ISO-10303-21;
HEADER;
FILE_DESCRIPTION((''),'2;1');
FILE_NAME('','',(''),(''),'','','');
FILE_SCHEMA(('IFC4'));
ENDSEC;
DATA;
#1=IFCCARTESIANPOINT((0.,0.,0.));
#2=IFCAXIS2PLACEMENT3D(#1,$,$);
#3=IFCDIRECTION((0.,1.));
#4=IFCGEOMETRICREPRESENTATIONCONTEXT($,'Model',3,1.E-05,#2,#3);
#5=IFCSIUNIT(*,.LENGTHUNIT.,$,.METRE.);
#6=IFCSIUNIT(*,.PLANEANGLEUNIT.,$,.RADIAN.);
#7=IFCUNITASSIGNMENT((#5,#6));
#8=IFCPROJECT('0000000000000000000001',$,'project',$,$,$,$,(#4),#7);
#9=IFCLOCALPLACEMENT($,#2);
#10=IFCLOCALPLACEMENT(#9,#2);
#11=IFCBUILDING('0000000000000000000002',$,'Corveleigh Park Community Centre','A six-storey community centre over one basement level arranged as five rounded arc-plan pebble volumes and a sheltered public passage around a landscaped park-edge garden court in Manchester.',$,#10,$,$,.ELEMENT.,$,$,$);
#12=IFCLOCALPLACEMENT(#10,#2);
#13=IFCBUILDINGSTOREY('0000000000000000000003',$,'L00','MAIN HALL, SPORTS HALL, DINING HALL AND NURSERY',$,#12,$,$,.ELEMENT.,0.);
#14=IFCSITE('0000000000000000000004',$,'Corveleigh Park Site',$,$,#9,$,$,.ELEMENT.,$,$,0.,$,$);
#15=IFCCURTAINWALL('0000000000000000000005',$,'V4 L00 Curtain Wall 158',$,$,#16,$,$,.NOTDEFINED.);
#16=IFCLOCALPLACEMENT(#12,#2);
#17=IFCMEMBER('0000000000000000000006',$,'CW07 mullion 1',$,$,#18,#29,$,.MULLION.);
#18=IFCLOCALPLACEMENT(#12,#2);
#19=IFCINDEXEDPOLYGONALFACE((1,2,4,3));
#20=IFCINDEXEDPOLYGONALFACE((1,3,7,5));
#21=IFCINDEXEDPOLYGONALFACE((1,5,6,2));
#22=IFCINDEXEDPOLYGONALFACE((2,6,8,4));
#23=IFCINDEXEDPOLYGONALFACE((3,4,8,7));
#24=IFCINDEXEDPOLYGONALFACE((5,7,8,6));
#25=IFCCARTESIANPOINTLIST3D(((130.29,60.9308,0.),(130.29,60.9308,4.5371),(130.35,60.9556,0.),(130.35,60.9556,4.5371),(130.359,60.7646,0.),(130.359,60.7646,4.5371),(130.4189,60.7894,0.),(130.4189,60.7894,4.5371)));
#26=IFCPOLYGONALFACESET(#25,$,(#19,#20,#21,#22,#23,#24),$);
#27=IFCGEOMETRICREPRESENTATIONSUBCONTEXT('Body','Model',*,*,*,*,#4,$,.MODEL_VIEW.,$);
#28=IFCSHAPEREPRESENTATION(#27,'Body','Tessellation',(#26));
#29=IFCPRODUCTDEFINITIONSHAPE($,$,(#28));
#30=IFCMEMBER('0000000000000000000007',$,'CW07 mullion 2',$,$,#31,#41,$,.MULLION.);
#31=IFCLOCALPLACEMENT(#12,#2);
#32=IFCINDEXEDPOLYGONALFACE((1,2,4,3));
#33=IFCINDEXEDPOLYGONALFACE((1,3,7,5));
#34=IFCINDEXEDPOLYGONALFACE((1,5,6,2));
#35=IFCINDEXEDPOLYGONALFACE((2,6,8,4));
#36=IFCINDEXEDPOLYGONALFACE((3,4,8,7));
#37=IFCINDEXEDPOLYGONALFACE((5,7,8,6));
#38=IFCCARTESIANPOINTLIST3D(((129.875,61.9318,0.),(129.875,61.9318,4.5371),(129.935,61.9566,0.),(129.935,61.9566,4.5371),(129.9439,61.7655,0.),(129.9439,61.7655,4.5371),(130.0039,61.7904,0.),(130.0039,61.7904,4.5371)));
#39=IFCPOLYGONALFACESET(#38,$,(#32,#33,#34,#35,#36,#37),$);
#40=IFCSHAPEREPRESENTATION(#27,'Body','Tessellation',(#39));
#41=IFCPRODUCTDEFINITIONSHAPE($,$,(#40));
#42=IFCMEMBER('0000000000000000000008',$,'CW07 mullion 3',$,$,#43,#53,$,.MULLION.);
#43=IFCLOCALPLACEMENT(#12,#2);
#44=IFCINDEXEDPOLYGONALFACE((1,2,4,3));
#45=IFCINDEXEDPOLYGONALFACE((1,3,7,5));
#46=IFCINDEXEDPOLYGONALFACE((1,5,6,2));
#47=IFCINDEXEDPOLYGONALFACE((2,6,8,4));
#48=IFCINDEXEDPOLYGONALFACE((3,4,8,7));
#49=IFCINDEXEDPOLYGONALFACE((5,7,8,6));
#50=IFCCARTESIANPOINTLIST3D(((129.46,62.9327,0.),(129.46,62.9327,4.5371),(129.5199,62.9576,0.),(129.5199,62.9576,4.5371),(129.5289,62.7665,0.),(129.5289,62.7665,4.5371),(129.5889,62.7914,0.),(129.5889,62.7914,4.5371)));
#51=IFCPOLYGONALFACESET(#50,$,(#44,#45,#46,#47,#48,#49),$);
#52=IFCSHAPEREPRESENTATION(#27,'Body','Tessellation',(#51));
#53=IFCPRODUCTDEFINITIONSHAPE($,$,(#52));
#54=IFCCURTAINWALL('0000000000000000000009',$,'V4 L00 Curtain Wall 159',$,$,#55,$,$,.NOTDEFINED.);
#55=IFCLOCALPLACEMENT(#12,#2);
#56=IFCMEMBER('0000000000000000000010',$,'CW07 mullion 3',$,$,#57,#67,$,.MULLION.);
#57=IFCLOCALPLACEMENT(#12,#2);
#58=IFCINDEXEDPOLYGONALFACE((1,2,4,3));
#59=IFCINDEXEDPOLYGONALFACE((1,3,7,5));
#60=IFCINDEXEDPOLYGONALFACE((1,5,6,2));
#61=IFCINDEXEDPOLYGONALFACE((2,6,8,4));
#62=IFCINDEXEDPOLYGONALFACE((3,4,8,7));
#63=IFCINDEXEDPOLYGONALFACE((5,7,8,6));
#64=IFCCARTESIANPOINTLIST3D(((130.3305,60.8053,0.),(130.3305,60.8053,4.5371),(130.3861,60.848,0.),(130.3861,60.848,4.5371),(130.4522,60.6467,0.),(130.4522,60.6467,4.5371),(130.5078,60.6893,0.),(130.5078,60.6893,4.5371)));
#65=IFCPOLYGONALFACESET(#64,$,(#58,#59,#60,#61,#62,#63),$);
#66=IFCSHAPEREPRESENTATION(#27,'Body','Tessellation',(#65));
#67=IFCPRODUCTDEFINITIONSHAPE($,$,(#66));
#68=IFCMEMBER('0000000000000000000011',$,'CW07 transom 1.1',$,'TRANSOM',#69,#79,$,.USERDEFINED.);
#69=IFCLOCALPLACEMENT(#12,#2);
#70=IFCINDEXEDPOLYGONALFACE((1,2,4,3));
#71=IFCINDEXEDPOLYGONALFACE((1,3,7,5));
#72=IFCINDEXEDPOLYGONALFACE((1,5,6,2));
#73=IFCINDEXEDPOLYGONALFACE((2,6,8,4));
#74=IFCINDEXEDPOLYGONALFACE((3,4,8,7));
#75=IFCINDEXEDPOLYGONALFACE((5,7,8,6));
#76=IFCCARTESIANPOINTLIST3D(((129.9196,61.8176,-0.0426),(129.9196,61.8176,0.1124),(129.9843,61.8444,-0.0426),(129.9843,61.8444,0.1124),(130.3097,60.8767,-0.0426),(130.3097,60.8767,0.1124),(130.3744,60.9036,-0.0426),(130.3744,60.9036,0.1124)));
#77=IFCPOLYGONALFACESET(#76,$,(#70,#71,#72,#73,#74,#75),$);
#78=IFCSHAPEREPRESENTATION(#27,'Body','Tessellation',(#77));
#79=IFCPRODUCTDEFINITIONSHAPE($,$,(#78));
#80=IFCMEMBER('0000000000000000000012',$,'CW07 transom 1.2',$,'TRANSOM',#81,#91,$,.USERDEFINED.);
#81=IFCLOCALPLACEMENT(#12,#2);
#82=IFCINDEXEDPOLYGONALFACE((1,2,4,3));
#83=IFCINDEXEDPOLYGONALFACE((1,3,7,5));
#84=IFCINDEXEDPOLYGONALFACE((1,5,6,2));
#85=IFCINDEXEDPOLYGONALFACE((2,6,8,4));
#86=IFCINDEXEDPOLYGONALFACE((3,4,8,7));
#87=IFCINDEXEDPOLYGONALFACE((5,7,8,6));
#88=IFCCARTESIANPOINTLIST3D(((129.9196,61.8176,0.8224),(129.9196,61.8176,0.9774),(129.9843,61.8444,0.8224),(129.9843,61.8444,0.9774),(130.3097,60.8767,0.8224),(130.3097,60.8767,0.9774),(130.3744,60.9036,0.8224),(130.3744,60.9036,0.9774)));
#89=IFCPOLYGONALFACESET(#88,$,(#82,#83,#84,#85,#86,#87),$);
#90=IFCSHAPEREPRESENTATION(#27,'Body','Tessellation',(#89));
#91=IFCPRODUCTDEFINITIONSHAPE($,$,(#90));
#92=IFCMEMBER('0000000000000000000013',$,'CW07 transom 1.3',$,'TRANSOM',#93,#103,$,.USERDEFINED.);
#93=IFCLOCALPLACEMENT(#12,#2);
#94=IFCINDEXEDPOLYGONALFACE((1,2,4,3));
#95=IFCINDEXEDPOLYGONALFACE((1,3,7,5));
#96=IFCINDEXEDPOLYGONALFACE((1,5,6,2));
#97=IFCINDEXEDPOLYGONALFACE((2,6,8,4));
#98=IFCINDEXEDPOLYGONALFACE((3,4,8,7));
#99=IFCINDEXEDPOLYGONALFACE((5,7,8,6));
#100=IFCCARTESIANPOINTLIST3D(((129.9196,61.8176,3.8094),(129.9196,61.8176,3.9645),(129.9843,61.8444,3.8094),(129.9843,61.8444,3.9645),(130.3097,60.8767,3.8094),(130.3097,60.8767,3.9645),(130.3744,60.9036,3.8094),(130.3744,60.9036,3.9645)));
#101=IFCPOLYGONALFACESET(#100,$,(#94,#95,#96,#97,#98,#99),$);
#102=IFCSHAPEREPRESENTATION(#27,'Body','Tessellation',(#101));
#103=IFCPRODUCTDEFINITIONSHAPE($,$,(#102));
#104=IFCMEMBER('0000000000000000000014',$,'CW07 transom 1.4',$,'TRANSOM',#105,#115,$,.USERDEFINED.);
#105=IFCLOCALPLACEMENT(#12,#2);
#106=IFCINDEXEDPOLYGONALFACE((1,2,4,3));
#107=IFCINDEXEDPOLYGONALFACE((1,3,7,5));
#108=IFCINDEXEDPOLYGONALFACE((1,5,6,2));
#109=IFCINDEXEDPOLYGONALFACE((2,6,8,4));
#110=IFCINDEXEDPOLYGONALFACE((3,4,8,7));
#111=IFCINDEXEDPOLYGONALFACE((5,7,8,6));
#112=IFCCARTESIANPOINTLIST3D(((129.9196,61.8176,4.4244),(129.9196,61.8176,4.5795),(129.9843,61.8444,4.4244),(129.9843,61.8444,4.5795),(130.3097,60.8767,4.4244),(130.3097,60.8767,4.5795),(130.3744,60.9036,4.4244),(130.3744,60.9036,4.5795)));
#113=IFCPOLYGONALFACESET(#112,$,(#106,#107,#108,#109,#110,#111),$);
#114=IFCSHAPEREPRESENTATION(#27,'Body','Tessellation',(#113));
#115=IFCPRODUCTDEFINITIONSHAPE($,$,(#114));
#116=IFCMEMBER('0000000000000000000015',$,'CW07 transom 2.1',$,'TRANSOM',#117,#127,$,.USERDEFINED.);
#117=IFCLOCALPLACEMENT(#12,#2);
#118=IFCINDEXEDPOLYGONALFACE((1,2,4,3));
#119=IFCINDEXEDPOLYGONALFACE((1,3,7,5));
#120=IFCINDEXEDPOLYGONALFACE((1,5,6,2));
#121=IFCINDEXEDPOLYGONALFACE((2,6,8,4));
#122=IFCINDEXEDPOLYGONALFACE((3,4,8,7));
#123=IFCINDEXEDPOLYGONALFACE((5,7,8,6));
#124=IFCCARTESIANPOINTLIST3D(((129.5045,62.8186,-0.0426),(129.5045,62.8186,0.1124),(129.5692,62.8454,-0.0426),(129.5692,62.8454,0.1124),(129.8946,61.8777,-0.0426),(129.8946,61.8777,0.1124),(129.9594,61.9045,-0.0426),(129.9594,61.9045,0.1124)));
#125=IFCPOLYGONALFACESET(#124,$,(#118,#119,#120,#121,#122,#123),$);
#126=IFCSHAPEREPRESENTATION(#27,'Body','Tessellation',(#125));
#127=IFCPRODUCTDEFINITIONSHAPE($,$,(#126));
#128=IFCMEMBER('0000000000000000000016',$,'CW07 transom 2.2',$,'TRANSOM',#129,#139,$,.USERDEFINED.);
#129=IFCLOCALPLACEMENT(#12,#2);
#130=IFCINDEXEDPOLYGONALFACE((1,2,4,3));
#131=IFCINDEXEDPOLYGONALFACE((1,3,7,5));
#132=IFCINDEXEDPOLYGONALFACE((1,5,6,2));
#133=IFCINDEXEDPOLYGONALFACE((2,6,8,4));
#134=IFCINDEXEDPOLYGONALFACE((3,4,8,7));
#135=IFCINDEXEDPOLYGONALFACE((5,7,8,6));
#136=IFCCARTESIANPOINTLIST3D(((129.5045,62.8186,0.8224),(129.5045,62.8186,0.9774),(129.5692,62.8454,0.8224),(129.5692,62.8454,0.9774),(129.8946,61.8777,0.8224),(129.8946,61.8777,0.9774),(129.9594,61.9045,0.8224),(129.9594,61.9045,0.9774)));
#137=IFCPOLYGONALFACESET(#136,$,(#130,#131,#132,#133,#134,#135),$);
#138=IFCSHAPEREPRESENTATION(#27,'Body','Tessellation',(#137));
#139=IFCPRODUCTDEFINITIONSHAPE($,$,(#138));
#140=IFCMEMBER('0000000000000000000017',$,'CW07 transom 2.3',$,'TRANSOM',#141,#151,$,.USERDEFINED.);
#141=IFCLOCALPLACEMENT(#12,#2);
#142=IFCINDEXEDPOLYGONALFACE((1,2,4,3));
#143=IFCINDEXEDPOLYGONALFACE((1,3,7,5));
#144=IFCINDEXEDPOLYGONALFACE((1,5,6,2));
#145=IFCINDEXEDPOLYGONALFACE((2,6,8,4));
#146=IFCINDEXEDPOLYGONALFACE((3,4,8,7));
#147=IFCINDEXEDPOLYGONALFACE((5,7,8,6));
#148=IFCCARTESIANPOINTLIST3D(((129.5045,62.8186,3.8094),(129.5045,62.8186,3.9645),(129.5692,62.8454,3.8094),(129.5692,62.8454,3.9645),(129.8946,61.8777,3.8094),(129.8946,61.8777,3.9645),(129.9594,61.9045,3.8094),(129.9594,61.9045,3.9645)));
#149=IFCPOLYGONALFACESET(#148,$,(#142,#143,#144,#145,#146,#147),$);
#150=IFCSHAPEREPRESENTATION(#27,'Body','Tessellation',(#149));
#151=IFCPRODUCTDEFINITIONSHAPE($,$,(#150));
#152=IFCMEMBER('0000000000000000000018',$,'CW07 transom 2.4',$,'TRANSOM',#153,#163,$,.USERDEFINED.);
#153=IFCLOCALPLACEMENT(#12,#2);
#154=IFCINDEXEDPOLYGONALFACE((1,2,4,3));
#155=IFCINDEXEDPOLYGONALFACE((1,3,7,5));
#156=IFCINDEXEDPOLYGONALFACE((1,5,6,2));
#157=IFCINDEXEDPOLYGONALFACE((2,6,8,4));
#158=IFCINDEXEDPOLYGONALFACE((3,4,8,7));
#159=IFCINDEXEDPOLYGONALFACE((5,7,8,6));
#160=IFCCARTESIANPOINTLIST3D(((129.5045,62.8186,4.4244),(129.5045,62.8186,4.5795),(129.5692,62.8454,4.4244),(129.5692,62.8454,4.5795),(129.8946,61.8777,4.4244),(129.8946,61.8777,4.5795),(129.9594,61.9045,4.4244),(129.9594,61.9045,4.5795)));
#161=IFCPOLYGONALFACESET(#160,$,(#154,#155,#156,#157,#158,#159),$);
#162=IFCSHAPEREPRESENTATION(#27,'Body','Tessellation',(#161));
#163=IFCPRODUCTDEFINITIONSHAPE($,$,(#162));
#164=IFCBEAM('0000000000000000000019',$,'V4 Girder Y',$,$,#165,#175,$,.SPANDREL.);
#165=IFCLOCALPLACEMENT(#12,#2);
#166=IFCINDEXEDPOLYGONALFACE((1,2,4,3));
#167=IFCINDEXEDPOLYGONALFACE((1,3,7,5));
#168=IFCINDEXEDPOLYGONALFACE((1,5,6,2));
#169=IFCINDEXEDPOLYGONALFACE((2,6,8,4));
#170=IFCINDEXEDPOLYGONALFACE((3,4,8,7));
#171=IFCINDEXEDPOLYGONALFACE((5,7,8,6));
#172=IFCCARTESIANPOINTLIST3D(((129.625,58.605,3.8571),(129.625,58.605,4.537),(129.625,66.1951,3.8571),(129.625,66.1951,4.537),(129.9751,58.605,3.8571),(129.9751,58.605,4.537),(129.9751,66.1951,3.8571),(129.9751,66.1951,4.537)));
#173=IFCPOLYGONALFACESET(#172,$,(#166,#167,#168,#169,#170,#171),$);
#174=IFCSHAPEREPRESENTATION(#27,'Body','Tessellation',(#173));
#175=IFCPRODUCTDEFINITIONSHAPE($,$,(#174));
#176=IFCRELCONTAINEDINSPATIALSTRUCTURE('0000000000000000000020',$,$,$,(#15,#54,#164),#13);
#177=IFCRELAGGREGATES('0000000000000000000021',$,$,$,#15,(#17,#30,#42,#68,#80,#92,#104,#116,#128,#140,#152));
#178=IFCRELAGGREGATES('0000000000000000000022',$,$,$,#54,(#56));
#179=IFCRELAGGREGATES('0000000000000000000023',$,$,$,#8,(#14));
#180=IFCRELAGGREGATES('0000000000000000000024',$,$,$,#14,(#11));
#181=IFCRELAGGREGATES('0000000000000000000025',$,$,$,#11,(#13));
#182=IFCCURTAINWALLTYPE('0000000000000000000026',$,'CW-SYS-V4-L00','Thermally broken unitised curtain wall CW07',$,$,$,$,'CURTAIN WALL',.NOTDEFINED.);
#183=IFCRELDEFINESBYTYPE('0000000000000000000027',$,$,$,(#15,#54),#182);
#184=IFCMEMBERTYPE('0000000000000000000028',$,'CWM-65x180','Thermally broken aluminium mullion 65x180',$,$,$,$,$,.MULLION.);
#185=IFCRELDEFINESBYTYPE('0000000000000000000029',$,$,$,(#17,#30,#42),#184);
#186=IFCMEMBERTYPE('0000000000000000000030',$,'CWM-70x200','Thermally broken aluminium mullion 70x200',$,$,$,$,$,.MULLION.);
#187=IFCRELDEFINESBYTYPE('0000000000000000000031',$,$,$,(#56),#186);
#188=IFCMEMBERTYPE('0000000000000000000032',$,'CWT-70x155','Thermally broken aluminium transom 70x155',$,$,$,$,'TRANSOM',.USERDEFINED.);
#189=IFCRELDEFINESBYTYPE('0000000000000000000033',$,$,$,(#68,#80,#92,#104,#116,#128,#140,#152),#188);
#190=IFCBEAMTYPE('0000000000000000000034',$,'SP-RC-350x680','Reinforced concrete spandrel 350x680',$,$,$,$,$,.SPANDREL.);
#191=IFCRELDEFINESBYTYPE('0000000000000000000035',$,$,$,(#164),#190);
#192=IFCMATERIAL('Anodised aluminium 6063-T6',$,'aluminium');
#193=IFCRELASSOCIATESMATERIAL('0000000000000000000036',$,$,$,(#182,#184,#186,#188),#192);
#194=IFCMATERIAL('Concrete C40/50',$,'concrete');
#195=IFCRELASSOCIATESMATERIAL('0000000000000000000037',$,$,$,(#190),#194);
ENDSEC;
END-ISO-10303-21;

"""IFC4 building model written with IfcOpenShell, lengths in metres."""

from ifc_helpers import new_model, si_unit, direction, frame, origin, origin_2d, place, context, subcontext, project, spatial, rectangle, extrude, material, material_profile, profile_set, type_object, element, aggregate, save


model = new_model("IFC4")

# Units and contexts
model_context = context("Model", 3, precision=1e-05, world=origin(), true_north=direction((0.0, 1.0)))
body_context = subcontext(model_context, "Body", "Model", "MODEL_VIEW")
ifc_project = project(units=[si_unit("LENGTHUNIT", "METRE"), si_unit("PLANEANGLEUNIT", "RADIAN")], contexts=[model_context])

# Site, building, storey
site_placement = place(None, origin())
site = spatial("IfcSite", under=ifc_project, at=site_placement, Name="Corveleigh Park Site", CompositionType="ELEMENT", RefElevation=0.0)
building_placement = place(site_placement, origin())
building = spatial("IfcBuilding", under=site, at=building_placement, Name="Corveleigh Park Community Centre", Description="A six-storey community centre over one basement level arranged as five rounded arc-plan pebble volumes and a sheltered public passage around a landscaped park-edge garden court in Manchester.", CompositionType="ELEMENT")
storey_placement = place(building_placement, origin())
storey = spatial("IfcBuildingStorey", under=building, at=storey_placement, Name="L00", Description="MAIN HALL, SPORTS HALL, DINING HALL AND NURSERY", CompositionType="ELEMENT", Elevation=0.0)

# Shared definitions
ifc_material_1 = material(Name="Concrete C40/50", Category="concrete")

# Shared definitions
ifc_material_2 = material(Name="Anodised aluminium 6063-T6", Category="aluminium")
curtain_wall_type = type_object("IfcCurtainWallType", Name="CW-SYS-V4-L00", Description="Thermally broken unitised curtain wall CW07", ElementType="CURTAIN WALL", PredefinedType="NOTDEFINED", material=ifc_material_2)

# Curtain wall, members
curtain_wall_1_placement = place(storey_placement, origin())
curtain_wall_1 = element("IfcCurtainWall", 1, at=curtain_wall_1_placement, inside=storey, type_object=curtain_wall_type, Name="V4 L00 Curtain Wall 158", PredefinedType="NOTDEFINED")
ifc_material_profile_1 = material_profile(ifc_material_2, rectangle(XDim=0.0649, YDim=0.1799, at=origin_2d()), Name="ALU-M65x180", Category="aluminium")
ifc_profile_set_1 = profile_set([ifc_material_profile_1], Name="Anodised aluminium 6063-T6")
member_type_1 = type_object("IfcMemberType", Name="CWM-65x180", Description="Thermally broken aluminium mullion 65x180", PredefinedType="MULLION", material=ifc_profile_set_1)
member_1_placement = place(storey_placement, frame((130.3545, 60.8601, 0.0), z_axis=(0.0, 0.0, 1.0), x_axis=(-0.923738, -0.383024, 0.0)))
member_1 = element("IfcMember", 2, at=member_1_placement, type_object=member_type_1, Name="CW07 mullion 1", PredefinedType="MULLION", context=body_context, shape_type="SweptSolid", body=[
    extrude(rectangle(XDim=0.0649, YDim=0.1799, at=origin_2d()), origin(), (0.0, 0.0, 1.0), 4.5371),
])
member_2_placement = place(storey_placement, frame((129.9395, 61.8611, 0.0), z_axis=(0.0, 0.0, 1.0), x_axis=(-0.923738, -0.383024, 0.0)))
member_2 = element("IfcMember", 3, at=member_2_placement, type_object=member_type_1, Name="CW07 mullion 2", PredefinedType="MULLION", context=body_context, shape_type="SweptSolid", body=[
    extrude(rectangle(XDim=0.0649, YDim=0.1799, at=origin_2d()), origin(), (0.0, 0.0, 1.0), 4.5371),
])
member_3_placement = place(storey_placement, frame((129.5244, 62.8621, 0.0), z_axis=(0.0, 0.0, 1.0), x_axis=(-0.923738, -0.383024, 0.0)))
member_3 = element("IfcMember", 4, at=member_3_placement, type_object=member_type_1, Name="CW07 mullion 3", PredefinedType="MULLION", context=body_context, shape_type="SweptSolid", body=[
    extrude(rectangle(XDim=0.0649, YDim=0.1799, at=origin_2d()), origin(), (0.0, 0.0, 1.0), 4.5371),
])

# Curtain wall, member
curtain_wall_2_placement = place(storey_placement, origin())
curtain_wall_2 = element("IfcCurtainWall", 5, at=curtain_wall_2_placement, inside=storey, type_object=curtain_wall_type, Name="V4 L00 Curtain Wall 159", PredefinedType="NOTDEFINED")
ifc_material_profile_2 = material_profile(ifc_material_2, rectangle(XDim=0.0701, YDim=0.2, at=origin_2d()), Name="ALU-M70x200", Category="aluminium")
ifc_profile_set_2 = profile_set([ifc_material_profile_2], Name="Anodised aluminium 6063-T6")
member_type_2 = type_object("IfcMemberType", Name="CWM-70x200", Description="Thermally broken aluminium mullion 70x200", PredefinedType="MULLION", material=ifc_profile_set_2)
member_4_placement = place(storey_placement, frame((130.4192, 60.7473, 0.0), z_axis=(0.0, 0.0, 1.0), x_axis=(-0.793455, -0.608629, 0.0)))
member_4 = element("IfcMember", 6, at=member_4_placement, type_object=member_type_2, Name="CW07 mullion 3", PredefinedType="MULLION", context=body_context, shape_type="SweptSolid", body=[
    extrude(rectangle(XDim=0.0701, YDim=0.2, at=origin_2d()), origin(), (0.0, 0.0, 1.0), 4.5371),
])

# Members
ifc_material_profile_3 = material_profile(ifc_material_2, rectangle(XDim=0.0701, YDim=0.155, at=origin_2d()), Name="ALU-T70x155", Category="aluminium")
ifc_profile_set_3 = profile_set([ifc_material_profile_3], Name="Anodised aluminium 6063-T6")
member_type_3 = type_object("IfcMemberType", Name="CWT-70x155", Description="Thermally broken aluminium transom 70x155", ElementType="TRANSOM", PredefinedType="USERDEFINED", material=ifc_profile_set_3)
member_5_placement = place(storey_placement, frame((130.342, 60.8901, 0.0349), z_axis=(-0.383015, 0.923742, 0.0), x_axis=(-0.923742, -0.383015, 0.0)))
member_5 = element("IfcMember", 7, at=member_5_placement, type_object=member_type_3, Name="CW07 transom 1.1", ObjectType="TRANSOM", PredefinedType="USERDEFINED", context=body_context, shape_type="SweptSolid", body=[
    extrude(rectangle(XDim=0.0701, YDim=0.155, at=origin_2d()), origin(), (0.0, 0.0, 1.0), 1.0186),
])
member_6_placement = place(storey_placement, frame((130.342, 60.8901, 0.8999), z_axis=(-0.383015, 0.923742, 0.0), x_axis=(-0.923742, -0.383015, 0.0)))
member_6 = element("IfcMember", 8, at=member_6_placement, type_object=member_type_3, Name="CW07 transom 1.2", ObjectType="TRANSOM", PredefinedType="USERDEFINED", context=body_context, shape_type="SweptSolid", body=[
    extrude(rectangle(XDim=0.0701, YDim=0.155, at=origin_2d()), origin(), (0.0, 0.0, 1.0), 1.0186),
])
member_7_placement = place(storey_placement, frame((130.342, 60.8901, 3.887), z_axis=(-0.383015, 0.923742, 0.0), x_axis=(-0.923742, -0.383015, 0.0)))
member_7 = element("IfcMember", 9, at=member_7_placement, type_object=member_type_3, Name="CW07 transom 1.3", ObjectType="TRANSOM", PredefinedType="USERDEFINED", context=body_context, shape_type="SweptSolid", body=[
    extrude(rectangle(XDim=0.0701, YDim=0.155, at=origin_2d()), origin(), (0.0, 0.0, 1.0), 1.0186),
])
member_8_placement = place(storey_placement, frame((130.342, 60.8901, 4.502), z_axis=(-0.383015, 0.923742, 0.0), x_axis=(-0.923742, -0.383015, 0.0)))
member_8 = element("IfcMember", 10, at=member_8_placement, type_object=member_type_3, Name="CW07 transom 1.4", ObjectType="TRANSOM", PredefinedType="USERDEFINED", context=body_context, shape_type="SweptSolid", body=[
    extrude(rectangle(XDim=0.0701, YDim=0.155, at=origin_2d()), origin(), (0.0, 0.0, 1.0), 1.0186),
])
member_9_placement = place(storey_placement, frame((129.927, 61.8911, 0.0349), z_axis=(-0.383015, 0.923742, 0.0), x_axis=(-0.923742, -0.383015, 0.0)))
member_9 = element("IfcMember", 11, at=member_9_placement, type_object=member_type_3, Name="CW07 transom 2.1", ObjectType="TRANSOM", PredefinedType="USERDEFINED", context=body_context, shape_type="SweptSolid", body=[
    extrude(rectangle(XDim=0.0701, YDim=0.155, at=origin_2d()), origin(), (0.0, 0.0, 1.0), 1.0186),
])
member_10_placement = place(storey_placement, frame((129.927, 61.8911, 0.8999), z_axis=(-0.383015, 0.923742, 0.0), x_axis=(-0.923742, -0.383015, 0.0)))
member_10 = element("IfcMember", 12, at=member_10_placement, type_object=member_type_3, Name="CW07 transom 2.2", ObjectType="TRANSOM", PredefinedType="USERDEFINED", context=body_context, shape_type="SweptSolid", body=[
    extrude(rectangle(XDim=0.0701, YDim=0.155, at=origin_2d()), origin(), (0.0, 0.0, 1.0), 1.0186),
])
member_11_placement = place(storey_placement, frame((129.927, 61.8911, 3.887), z_axis=(-0.383015, 0.923742, 0.0), x_axis=(-0.923742, -0.383015, 0.0)))
member_11 = element("IfcMember", 13, at=member_11_placement, type_object=member_type_3, Name="CW07 transom 2.3", ObjectType="TRANSOM", PredefinedType="USERDEFINED", context=body_context, shape_type="SweptSolid", body=[
    extrude(rectangle(XDim=0.0701, YDim=0.155, at=origin_2d()), origin(), (0.0, 0.0, 1.0), 1.0186),
])
member_12_placement = place(storey_placement, frame((129.927, 61.8911, 4.502), z_axis=(-0.383015, 0.923742, 0.0), x_axis=(-0.923742, -0.383015, 0.0)))
member_12 = element("IfcMember", 14, at=member_12_placement, type_object=member_type_3, Name="CW07 transom 2.4", ObjectType="TRANSOM", PredefinedType="USERDEFINED", context=body_context, shape_type="SweptSolid", body=[
    extrude(rectangle(XDim=0.0701, YDim=0.155, at=origin_2d()), origin(), (0.0, 0.0, 1.0), 1.0186),
])

# Beam
ifc_material_profile_4 = material_profile(ifc_material_1, rectangle(XDim=0.3501, YDim=0.6799, at=origin_2d()), Name="RC-350x680", Category="concrete")
ifc_profile_set_4 = profile_set([ifc_material_profile_4], Name="Concrete C40/50")
beam_type_1 = type_object("IfcBeamType", Name="SP-RC-350x680", Description="Reinforced concrete spandrel 350x680", PredefinedType="SPANDREL", material=ifc_profile_set_4)
beam_1_placement = place(storey_placement, frame((129.8, 58.605, 4.197), z_axis=(0.0, 1.0, 0.0), x_axis=(-1.0, 0.0, 0.0)))
element("IfcBeam", 15, at=beam_1_placement, inside=storey, type_object=beam_type_1, Name="V4 Girder Y", PredefinedType="SPANDREL", context=body_context, shape_type="SweptSolid", body=[
    extrude(rectangle(XDim=0.3501, YDim=0.6799, at=origin_2d()), origin(), (0.0, 0.0, 1.0), 7.5901),
])

aggregate(curtain_wall_1, [member_1, member_2, member_3, member_5, member_6, member_7, member_8, member_9, member_10, member_11, member_12])
aggregate(curtain_wall_2, [member_4])

save(model, "model.ifc")
